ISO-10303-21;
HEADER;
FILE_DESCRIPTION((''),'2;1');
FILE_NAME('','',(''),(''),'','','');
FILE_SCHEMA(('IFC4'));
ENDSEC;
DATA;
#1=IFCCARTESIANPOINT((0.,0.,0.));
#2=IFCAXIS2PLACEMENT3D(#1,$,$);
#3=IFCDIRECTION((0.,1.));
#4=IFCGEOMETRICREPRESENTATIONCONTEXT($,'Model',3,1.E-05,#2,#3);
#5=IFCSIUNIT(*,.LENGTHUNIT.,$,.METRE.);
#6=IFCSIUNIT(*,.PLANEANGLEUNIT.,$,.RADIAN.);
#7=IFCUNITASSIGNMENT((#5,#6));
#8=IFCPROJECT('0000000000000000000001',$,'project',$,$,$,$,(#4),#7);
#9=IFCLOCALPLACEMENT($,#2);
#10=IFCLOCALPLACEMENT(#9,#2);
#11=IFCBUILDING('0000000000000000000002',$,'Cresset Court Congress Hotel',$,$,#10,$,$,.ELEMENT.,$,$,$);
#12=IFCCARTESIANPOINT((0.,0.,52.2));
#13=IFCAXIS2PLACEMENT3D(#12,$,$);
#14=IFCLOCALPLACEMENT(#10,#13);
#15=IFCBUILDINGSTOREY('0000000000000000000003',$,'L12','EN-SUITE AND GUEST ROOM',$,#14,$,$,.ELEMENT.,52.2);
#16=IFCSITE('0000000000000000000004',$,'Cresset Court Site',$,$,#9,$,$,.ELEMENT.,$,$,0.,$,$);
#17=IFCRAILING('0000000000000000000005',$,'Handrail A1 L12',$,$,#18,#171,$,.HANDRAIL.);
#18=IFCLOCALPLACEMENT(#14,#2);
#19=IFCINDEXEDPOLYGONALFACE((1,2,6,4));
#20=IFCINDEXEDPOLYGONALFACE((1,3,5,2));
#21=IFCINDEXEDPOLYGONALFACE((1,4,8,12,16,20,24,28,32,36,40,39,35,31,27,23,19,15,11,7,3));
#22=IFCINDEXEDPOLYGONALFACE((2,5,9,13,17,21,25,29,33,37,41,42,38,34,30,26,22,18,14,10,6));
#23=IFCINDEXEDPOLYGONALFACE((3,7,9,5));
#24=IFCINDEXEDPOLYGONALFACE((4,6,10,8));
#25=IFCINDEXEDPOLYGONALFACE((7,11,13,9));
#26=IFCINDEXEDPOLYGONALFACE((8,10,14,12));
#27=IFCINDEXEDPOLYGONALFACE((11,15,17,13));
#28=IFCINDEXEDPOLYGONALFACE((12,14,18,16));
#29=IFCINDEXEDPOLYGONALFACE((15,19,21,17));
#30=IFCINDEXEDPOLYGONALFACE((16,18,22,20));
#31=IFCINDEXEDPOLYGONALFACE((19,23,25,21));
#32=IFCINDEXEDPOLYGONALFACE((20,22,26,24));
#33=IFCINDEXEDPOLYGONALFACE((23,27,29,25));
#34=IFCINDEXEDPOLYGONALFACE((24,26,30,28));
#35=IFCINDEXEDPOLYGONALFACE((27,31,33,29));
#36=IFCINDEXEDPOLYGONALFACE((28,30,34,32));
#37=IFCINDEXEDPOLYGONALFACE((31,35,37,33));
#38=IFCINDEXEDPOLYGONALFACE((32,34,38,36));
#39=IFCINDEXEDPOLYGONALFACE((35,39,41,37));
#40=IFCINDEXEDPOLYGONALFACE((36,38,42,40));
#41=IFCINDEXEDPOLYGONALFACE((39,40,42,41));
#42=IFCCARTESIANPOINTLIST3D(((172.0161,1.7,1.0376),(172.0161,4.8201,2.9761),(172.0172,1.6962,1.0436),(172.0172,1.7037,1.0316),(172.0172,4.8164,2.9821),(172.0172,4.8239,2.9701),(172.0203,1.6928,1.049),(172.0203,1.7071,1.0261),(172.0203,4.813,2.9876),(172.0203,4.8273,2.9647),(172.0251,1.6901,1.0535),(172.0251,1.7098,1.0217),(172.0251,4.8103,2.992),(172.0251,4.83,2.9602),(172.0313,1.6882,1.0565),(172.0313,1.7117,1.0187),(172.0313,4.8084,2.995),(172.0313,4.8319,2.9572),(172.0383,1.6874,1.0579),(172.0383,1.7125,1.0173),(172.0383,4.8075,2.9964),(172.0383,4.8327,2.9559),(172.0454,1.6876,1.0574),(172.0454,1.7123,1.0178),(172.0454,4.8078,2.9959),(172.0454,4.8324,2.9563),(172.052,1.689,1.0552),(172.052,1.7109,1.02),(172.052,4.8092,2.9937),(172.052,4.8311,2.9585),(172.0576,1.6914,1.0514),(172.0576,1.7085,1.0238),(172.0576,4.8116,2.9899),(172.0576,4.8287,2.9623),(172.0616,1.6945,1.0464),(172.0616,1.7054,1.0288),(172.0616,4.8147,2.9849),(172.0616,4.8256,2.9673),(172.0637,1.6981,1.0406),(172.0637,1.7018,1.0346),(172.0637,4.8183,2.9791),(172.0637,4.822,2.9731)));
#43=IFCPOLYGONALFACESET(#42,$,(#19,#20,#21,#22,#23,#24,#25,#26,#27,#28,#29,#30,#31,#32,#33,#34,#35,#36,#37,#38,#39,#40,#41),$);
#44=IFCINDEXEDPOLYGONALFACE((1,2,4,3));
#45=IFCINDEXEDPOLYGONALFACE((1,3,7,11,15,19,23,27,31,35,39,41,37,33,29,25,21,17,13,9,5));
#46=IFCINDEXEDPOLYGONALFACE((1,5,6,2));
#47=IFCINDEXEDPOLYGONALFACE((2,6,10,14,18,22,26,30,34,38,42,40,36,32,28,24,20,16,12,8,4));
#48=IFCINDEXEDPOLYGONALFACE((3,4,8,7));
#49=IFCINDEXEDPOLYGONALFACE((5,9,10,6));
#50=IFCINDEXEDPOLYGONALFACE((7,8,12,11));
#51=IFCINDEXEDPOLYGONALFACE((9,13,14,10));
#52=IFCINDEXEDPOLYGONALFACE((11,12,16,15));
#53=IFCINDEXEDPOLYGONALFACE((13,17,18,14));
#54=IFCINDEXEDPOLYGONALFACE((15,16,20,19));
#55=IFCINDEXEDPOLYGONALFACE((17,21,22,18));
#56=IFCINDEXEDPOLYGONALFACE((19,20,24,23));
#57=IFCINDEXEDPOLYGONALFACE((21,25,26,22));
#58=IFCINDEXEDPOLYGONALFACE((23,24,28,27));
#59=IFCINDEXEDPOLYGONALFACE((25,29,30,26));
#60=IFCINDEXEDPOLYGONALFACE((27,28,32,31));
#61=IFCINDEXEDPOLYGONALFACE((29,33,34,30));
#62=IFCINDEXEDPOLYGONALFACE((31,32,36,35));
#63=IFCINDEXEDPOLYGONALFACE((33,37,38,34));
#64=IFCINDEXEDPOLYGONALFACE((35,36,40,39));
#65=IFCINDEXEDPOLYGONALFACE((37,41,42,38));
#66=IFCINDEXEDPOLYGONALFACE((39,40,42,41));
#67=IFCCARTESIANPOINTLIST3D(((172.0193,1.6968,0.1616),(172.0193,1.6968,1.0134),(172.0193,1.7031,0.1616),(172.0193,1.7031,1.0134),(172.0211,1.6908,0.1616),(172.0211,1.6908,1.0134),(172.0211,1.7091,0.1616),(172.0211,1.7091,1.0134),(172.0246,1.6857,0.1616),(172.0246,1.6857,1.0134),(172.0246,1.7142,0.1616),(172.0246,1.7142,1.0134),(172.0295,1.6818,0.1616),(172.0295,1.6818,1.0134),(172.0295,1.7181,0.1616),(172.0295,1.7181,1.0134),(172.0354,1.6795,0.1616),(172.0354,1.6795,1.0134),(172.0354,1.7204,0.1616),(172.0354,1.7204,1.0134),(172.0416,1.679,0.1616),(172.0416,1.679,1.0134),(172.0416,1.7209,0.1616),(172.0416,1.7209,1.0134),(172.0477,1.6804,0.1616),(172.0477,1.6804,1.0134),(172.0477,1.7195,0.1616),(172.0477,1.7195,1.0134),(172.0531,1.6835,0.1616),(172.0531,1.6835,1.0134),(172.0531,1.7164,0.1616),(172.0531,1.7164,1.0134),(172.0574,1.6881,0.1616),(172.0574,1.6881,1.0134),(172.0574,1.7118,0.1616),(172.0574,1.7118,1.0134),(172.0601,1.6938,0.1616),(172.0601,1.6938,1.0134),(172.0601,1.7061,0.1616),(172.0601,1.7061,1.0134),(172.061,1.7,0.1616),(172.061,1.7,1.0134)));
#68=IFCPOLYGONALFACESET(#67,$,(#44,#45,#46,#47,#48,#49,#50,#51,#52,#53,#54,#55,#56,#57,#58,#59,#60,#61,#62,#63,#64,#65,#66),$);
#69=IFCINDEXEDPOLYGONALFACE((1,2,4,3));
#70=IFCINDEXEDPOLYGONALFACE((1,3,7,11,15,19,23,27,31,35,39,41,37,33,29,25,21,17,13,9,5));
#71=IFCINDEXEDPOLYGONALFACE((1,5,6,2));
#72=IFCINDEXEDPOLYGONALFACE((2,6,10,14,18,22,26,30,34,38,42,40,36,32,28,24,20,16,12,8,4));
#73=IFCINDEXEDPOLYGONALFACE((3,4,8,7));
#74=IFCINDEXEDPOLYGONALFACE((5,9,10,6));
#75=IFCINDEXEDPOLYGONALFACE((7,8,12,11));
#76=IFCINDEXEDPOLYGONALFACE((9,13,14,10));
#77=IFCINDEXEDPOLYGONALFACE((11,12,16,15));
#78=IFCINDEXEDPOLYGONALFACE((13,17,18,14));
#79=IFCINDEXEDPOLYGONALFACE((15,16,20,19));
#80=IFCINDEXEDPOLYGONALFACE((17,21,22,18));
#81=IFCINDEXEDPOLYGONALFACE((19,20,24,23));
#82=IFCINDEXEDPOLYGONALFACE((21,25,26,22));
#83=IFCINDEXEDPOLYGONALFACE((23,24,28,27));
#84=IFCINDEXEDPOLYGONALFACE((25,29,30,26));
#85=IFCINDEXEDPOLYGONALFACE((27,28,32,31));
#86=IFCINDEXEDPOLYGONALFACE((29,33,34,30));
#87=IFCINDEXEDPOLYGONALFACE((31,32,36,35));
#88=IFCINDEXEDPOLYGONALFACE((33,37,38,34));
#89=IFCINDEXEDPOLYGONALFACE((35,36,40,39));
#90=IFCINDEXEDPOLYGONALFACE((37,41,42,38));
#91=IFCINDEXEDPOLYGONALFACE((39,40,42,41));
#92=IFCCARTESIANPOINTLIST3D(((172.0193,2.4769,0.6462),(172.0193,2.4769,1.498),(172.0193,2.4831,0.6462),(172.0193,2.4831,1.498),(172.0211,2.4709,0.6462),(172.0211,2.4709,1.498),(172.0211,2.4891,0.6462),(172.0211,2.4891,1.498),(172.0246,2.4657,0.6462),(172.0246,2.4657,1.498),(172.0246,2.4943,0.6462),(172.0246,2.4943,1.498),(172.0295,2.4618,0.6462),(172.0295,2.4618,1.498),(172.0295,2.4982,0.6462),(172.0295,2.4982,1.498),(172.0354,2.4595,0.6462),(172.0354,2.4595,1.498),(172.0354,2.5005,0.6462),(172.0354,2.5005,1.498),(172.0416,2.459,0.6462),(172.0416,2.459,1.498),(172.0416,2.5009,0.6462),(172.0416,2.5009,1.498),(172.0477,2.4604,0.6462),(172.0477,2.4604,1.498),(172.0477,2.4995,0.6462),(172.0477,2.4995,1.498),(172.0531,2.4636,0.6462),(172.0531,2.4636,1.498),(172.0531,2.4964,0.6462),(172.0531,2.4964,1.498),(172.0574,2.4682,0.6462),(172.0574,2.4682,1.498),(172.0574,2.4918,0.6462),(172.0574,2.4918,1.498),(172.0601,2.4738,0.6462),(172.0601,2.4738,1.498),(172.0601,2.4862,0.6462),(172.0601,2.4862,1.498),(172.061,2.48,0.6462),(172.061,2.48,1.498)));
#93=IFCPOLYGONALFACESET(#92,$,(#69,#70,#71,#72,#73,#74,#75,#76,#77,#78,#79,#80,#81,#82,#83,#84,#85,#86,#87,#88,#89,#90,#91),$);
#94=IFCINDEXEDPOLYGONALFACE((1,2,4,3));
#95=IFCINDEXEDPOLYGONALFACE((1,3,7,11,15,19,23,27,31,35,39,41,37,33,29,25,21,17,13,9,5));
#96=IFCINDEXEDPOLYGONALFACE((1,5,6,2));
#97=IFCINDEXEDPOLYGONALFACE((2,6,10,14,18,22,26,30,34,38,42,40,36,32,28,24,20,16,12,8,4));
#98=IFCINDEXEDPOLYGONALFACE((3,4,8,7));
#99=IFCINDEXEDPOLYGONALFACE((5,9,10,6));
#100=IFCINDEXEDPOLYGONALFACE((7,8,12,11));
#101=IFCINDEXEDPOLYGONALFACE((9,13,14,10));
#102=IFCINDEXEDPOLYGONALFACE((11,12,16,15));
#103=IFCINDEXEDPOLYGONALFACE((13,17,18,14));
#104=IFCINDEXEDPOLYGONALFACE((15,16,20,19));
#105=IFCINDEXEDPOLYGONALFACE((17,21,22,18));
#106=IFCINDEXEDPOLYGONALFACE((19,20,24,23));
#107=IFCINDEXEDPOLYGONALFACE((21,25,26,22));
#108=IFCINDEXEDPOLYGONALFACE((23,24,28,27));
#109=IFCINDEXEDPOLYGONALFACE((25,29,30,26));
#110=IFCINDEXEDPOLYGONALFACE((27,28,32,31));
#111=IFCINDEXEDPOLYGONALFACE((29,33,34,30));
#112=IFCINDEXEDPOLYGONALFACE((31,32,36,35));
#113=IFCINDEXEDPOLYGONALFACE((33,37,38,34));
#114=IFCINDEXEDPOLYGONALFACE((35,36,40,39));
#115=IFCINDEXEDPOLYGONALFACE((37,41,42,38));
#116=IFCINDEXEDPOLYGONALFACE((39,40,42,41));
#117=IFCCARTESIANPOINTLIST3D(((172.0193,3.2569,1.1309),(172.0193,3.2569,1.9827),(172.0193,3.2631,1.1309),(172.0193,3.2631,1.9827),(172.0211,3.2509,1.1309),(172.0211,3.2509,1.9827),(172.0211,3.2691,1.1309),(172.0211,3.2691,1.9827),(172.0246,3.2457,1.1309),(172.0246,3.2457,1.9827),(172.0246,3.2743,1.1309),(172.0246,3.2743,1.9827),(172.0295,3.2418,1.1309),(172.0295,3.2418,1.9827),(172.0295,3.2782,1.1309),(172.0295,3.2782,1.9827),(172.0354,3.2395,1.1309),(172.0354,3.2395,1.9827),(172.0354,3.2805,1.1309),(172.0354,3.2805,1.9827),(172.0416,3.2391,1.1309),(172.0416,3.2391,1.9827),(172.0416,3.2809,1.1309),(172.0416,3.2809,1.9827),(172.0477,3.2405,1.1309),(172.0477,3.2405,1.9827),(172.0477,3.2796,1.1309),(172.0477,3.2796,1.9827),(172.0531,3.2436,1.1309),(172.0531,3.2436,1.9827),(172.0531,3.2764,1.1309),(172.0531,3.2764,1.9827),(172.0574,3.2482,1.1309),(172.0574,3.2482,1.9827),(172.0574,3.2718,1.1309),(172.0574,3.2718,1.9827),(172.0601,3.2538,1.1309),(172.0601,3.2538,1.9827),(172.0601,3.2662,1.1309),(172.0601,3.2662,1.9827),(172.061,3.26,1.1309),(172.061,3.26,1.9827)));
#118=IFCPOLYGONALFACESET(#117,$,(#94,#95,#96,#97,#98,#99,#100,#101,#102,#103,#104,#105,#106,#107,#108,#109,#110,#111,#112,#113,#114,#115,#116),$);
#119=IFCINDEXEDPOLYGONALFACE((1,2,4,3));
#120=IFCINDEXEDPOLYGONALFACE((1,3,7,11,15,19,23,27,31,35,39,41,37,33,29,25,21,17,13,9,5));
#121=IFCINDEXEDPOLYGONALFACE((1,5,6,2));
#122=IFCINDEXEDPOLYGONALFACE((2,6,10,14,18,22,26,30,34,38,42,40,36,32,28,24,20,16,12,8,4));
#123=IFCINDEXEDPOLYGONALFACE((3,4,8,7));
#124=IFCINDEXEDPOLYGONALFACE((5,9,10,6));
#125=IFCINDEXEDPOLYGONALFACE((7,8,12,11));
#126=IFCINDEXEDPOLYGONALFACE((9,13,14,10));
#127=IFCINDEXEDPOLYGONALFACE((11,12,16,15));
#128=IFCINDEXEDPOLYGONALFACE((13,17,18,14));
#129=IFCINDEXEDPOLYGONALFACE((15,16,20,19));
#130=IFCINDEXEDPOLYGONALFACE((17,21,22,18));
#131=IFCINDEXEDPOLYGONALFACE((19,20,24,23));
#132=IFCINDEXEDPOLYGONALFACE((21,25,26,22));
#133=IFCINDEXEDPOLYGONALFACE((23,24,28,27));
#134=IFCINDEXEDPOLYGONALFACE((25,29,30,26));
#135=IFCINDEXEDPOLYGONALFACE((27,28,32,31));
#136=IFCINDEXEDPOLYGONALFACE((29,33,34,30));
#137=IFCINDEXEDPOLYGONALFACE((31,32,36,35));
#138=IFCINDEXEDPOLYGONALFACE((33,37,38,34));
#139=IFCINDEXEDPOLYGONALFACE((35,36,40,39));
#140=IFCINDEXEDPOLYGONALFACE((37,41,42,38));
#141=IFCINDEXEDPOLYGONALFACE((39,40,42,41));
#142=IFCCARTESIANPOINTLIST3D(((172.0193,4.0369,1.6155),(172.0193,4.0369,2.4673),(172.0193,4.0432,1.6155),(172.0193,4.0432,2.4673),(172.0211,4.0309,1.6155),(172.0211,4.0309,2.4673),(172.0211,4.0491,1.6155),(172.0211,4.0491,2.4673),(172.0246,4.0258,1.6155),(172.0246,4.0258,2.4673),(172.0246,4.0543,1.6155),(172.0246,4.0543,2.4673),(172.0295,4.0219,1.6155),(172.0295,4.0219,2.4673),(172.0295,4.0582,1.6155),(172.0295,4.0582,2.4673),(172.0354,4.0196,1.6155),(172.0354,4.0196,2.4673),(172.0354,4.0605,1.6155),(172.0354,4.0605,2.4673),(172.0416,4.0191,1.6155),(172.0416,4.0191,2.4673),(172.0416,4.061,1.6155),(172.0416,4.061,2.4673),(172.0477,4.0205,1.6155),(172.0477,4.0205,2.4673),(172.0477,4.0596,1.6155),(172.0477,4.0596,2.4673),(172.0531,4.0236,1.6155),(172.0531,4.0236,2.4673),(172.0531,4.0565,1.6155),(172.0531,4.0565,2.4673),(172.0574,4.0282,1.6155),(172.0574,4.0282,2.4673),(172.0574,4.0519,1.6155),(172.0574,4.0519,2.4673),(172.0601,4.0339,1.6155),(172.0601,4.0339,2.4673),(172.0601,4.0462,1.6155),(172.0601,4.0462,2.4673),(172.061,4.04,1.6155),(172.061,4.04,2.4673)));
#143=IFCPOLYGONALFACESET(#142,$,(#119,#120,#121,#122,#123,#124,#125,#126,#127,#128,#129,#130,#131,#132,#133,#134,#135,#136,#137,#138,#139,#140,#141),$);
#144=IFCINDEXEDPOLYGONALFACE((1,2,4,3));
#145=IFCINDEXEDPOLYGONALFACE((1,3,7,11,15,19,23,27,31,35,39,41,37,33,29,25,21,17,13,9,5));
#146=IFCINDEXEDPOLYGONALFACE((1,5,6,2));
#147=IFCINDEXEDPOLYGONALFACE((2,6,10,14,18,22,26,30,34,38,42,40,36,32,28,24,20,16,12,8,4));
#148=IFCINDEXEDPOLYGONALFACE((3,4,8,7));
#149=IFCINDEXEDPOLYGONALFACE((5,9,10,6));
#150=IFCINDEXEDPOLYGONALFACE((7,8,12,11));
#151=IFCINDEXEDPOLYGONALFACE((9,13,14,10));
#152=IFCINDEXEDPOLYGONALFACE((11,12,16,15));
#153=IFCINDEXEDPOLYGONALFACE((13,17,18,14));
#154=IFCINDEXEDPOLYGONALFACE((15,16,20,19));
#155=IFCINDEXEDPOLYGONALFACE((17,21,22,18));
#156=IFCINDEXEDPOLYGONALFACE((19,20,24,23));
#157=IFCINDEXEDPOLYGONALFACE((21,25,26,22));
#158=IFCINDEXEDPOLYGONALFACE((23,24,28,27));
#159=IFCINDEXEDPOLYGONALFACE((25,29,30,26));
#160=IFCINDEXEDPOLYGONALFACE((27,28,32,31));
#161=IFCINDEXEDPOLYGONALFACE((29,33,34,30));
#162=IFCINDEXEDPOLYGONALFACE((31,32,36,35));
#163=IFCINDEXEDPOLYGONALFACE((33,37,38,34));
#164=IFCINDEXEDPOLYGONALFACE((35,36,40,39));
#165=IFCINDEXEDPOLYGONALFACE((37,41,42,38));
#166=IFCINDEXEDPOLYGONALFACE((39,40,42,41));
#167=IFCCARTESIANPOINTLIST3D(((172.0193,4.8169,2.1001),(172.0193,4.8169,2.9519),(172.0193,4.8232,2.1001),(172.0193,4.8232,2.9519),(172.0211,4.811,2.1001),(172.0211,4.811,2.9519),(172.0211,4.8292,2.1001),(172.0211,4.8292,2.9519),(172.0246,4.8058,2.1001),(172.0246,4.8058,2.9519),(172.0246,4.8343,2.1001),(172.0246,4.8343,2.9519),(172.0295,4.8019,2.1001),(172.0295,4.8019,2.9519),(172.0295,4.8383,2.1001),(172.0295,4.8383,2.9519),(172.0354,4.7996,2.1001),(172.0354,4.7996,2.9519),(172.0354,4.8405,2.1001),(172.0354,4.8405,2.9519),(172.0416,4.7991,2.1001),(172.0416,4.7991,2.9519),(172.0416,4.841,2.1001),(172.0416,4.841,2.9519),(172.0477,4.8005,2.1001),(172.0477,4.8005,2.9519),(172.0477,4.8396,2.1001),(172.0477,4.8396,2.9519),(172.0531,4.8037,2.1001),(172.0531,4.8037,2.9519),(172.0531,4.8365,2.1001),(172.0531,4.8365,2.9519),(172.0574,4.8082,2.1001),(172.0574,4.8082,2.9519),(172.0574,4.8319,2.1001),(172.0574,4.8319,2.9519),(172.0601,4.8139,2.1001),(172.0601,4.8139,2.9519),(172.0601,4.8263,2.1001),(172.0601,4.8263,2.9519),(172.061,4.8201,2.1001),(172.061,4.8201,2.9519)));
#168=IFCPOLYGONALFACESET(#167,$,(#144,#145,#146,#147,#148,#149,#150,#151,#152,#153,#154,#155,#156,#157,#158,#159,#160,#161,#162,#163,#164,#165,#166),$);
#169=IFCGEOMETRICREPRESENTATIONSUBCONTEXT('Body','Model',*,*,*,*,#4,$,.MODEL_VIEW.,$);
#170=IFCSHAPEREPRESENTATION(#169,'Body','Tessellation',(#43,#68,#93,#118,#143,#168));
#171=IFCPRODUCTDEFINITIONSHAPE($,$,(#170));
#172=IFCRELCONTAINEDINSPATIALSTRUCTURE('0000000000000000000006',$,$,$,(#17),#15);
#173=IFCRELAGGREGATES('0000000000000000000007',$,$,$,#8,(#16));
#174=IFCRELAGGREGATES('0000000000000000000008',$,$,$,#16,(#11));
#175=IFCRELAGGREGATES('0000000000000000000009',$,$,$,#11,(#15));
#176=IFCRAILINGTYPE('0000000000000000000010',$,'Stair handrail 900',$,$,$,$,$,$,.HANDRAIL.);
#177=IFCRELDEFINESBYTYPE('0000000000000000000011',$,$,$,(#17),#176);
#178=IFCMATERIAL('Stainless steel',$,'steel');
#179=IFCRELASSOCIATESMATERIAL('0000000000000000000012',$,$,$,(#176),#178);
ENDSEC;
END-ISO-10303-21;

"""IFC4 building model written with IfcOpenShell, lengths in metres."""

from ifc_helpers import new_model, si_unit, direction, frame, origin, origin_2d, place, context, subcontext, project, spatial, circle, extrude, material, type_object, element, save


model = new_model("IFC4")

# Units and contexts
model_context = context("Model", 3, precision=1e-05, world=origin(), true_north=direction((0.0, 1.0)))
body_context = subcontext(model_context, "Body", "Model", "MODEL_VIEW")
ifc_project = project(units=[si_unit("LENGTHUNIT", "METRE"), si_unit("PLANEANGLEUNIT", "RADIAN")], contexts=[model_context])

# Site, building, storey
site_placement = place(None, origin())
site = spatial("IfcSite", under=ifc_project, at=site_placement, Name="Cresset Court Site", CompositionType="ELEMENT", RefElevation=0.0)
building_placement = place(site_placement, origin())
building = spatial("IfcBuilding", under=site, at=building_placement, Name="Cresset Court Congress Hotel", CompositionType="ELEMENT")
storey_placement = place(building_placement, frame((0.0, 0.0, 52.2)))
storey = spatial("IfcBuildingStorey", under=building, at=storey_placement, Name="L12", Description="EN-SUITE AND GUEST ROOM", CompositionType="ELEMENT", Elevation=52.2)

# Railing
ifc_material_1 = material(Name="Stainless steel", Category="steel")
railing_type_1 = type_object("IfcRailingType", Name="Stair handrail 900", PredefinedType="HANDRAIL", material=ifc_material_1)
for number, where, name in (
    (1, (172.04, 1.7, 0.1616), "Handrail A1 L12"),
):
    element("IfcRailing", number, at=place(storey_placement, frame(where)), inside=storey, type_object=railing_type_1, Name=name, PredefinedType="HANDRAIL", context=body_context, shape_type="SweptSolid", body=[
        extrude(circle(Radius=0.0239, at=origin_2d()), frame((0.0, 0.0, 0.876), z_axis=(0.0, 0.849414, 0.527727), x_axis=(-1.0, 0.0, 0.0)), (0.0, 0.0, 1.0), 3.6733),
        extrude(circle(Radius=0.021, at=origin_2d()), origin(), (0.0, 0.0, 1.0), 0.8518),
        extrude(circle(Radius=0.021, at=origin_2d()), frame((0.0, 0.78, 0.4846)), (0.0, 0.0, 1.0), 0.8518),
        extrude(circle(Radius=0.021, at=origin_2d()), frame((0.0, 1.5601, 0.9692)), (0.0, 0.0, 1.0), 0.8518),
        extrude(circle(Radius=0.021, at=origin_2d()), frame((0.0, 2.3401, 1.4539)), (0.0, 0.0, 1.0), 0.8518),
        extrude(circle(Radius=0.021, at=origin_2d()), frame((0.0, 3.1201, 1.9385)), (0.0, 0.0, 1.0), 0.8518),
    ])

save(model, "model.ifc")
